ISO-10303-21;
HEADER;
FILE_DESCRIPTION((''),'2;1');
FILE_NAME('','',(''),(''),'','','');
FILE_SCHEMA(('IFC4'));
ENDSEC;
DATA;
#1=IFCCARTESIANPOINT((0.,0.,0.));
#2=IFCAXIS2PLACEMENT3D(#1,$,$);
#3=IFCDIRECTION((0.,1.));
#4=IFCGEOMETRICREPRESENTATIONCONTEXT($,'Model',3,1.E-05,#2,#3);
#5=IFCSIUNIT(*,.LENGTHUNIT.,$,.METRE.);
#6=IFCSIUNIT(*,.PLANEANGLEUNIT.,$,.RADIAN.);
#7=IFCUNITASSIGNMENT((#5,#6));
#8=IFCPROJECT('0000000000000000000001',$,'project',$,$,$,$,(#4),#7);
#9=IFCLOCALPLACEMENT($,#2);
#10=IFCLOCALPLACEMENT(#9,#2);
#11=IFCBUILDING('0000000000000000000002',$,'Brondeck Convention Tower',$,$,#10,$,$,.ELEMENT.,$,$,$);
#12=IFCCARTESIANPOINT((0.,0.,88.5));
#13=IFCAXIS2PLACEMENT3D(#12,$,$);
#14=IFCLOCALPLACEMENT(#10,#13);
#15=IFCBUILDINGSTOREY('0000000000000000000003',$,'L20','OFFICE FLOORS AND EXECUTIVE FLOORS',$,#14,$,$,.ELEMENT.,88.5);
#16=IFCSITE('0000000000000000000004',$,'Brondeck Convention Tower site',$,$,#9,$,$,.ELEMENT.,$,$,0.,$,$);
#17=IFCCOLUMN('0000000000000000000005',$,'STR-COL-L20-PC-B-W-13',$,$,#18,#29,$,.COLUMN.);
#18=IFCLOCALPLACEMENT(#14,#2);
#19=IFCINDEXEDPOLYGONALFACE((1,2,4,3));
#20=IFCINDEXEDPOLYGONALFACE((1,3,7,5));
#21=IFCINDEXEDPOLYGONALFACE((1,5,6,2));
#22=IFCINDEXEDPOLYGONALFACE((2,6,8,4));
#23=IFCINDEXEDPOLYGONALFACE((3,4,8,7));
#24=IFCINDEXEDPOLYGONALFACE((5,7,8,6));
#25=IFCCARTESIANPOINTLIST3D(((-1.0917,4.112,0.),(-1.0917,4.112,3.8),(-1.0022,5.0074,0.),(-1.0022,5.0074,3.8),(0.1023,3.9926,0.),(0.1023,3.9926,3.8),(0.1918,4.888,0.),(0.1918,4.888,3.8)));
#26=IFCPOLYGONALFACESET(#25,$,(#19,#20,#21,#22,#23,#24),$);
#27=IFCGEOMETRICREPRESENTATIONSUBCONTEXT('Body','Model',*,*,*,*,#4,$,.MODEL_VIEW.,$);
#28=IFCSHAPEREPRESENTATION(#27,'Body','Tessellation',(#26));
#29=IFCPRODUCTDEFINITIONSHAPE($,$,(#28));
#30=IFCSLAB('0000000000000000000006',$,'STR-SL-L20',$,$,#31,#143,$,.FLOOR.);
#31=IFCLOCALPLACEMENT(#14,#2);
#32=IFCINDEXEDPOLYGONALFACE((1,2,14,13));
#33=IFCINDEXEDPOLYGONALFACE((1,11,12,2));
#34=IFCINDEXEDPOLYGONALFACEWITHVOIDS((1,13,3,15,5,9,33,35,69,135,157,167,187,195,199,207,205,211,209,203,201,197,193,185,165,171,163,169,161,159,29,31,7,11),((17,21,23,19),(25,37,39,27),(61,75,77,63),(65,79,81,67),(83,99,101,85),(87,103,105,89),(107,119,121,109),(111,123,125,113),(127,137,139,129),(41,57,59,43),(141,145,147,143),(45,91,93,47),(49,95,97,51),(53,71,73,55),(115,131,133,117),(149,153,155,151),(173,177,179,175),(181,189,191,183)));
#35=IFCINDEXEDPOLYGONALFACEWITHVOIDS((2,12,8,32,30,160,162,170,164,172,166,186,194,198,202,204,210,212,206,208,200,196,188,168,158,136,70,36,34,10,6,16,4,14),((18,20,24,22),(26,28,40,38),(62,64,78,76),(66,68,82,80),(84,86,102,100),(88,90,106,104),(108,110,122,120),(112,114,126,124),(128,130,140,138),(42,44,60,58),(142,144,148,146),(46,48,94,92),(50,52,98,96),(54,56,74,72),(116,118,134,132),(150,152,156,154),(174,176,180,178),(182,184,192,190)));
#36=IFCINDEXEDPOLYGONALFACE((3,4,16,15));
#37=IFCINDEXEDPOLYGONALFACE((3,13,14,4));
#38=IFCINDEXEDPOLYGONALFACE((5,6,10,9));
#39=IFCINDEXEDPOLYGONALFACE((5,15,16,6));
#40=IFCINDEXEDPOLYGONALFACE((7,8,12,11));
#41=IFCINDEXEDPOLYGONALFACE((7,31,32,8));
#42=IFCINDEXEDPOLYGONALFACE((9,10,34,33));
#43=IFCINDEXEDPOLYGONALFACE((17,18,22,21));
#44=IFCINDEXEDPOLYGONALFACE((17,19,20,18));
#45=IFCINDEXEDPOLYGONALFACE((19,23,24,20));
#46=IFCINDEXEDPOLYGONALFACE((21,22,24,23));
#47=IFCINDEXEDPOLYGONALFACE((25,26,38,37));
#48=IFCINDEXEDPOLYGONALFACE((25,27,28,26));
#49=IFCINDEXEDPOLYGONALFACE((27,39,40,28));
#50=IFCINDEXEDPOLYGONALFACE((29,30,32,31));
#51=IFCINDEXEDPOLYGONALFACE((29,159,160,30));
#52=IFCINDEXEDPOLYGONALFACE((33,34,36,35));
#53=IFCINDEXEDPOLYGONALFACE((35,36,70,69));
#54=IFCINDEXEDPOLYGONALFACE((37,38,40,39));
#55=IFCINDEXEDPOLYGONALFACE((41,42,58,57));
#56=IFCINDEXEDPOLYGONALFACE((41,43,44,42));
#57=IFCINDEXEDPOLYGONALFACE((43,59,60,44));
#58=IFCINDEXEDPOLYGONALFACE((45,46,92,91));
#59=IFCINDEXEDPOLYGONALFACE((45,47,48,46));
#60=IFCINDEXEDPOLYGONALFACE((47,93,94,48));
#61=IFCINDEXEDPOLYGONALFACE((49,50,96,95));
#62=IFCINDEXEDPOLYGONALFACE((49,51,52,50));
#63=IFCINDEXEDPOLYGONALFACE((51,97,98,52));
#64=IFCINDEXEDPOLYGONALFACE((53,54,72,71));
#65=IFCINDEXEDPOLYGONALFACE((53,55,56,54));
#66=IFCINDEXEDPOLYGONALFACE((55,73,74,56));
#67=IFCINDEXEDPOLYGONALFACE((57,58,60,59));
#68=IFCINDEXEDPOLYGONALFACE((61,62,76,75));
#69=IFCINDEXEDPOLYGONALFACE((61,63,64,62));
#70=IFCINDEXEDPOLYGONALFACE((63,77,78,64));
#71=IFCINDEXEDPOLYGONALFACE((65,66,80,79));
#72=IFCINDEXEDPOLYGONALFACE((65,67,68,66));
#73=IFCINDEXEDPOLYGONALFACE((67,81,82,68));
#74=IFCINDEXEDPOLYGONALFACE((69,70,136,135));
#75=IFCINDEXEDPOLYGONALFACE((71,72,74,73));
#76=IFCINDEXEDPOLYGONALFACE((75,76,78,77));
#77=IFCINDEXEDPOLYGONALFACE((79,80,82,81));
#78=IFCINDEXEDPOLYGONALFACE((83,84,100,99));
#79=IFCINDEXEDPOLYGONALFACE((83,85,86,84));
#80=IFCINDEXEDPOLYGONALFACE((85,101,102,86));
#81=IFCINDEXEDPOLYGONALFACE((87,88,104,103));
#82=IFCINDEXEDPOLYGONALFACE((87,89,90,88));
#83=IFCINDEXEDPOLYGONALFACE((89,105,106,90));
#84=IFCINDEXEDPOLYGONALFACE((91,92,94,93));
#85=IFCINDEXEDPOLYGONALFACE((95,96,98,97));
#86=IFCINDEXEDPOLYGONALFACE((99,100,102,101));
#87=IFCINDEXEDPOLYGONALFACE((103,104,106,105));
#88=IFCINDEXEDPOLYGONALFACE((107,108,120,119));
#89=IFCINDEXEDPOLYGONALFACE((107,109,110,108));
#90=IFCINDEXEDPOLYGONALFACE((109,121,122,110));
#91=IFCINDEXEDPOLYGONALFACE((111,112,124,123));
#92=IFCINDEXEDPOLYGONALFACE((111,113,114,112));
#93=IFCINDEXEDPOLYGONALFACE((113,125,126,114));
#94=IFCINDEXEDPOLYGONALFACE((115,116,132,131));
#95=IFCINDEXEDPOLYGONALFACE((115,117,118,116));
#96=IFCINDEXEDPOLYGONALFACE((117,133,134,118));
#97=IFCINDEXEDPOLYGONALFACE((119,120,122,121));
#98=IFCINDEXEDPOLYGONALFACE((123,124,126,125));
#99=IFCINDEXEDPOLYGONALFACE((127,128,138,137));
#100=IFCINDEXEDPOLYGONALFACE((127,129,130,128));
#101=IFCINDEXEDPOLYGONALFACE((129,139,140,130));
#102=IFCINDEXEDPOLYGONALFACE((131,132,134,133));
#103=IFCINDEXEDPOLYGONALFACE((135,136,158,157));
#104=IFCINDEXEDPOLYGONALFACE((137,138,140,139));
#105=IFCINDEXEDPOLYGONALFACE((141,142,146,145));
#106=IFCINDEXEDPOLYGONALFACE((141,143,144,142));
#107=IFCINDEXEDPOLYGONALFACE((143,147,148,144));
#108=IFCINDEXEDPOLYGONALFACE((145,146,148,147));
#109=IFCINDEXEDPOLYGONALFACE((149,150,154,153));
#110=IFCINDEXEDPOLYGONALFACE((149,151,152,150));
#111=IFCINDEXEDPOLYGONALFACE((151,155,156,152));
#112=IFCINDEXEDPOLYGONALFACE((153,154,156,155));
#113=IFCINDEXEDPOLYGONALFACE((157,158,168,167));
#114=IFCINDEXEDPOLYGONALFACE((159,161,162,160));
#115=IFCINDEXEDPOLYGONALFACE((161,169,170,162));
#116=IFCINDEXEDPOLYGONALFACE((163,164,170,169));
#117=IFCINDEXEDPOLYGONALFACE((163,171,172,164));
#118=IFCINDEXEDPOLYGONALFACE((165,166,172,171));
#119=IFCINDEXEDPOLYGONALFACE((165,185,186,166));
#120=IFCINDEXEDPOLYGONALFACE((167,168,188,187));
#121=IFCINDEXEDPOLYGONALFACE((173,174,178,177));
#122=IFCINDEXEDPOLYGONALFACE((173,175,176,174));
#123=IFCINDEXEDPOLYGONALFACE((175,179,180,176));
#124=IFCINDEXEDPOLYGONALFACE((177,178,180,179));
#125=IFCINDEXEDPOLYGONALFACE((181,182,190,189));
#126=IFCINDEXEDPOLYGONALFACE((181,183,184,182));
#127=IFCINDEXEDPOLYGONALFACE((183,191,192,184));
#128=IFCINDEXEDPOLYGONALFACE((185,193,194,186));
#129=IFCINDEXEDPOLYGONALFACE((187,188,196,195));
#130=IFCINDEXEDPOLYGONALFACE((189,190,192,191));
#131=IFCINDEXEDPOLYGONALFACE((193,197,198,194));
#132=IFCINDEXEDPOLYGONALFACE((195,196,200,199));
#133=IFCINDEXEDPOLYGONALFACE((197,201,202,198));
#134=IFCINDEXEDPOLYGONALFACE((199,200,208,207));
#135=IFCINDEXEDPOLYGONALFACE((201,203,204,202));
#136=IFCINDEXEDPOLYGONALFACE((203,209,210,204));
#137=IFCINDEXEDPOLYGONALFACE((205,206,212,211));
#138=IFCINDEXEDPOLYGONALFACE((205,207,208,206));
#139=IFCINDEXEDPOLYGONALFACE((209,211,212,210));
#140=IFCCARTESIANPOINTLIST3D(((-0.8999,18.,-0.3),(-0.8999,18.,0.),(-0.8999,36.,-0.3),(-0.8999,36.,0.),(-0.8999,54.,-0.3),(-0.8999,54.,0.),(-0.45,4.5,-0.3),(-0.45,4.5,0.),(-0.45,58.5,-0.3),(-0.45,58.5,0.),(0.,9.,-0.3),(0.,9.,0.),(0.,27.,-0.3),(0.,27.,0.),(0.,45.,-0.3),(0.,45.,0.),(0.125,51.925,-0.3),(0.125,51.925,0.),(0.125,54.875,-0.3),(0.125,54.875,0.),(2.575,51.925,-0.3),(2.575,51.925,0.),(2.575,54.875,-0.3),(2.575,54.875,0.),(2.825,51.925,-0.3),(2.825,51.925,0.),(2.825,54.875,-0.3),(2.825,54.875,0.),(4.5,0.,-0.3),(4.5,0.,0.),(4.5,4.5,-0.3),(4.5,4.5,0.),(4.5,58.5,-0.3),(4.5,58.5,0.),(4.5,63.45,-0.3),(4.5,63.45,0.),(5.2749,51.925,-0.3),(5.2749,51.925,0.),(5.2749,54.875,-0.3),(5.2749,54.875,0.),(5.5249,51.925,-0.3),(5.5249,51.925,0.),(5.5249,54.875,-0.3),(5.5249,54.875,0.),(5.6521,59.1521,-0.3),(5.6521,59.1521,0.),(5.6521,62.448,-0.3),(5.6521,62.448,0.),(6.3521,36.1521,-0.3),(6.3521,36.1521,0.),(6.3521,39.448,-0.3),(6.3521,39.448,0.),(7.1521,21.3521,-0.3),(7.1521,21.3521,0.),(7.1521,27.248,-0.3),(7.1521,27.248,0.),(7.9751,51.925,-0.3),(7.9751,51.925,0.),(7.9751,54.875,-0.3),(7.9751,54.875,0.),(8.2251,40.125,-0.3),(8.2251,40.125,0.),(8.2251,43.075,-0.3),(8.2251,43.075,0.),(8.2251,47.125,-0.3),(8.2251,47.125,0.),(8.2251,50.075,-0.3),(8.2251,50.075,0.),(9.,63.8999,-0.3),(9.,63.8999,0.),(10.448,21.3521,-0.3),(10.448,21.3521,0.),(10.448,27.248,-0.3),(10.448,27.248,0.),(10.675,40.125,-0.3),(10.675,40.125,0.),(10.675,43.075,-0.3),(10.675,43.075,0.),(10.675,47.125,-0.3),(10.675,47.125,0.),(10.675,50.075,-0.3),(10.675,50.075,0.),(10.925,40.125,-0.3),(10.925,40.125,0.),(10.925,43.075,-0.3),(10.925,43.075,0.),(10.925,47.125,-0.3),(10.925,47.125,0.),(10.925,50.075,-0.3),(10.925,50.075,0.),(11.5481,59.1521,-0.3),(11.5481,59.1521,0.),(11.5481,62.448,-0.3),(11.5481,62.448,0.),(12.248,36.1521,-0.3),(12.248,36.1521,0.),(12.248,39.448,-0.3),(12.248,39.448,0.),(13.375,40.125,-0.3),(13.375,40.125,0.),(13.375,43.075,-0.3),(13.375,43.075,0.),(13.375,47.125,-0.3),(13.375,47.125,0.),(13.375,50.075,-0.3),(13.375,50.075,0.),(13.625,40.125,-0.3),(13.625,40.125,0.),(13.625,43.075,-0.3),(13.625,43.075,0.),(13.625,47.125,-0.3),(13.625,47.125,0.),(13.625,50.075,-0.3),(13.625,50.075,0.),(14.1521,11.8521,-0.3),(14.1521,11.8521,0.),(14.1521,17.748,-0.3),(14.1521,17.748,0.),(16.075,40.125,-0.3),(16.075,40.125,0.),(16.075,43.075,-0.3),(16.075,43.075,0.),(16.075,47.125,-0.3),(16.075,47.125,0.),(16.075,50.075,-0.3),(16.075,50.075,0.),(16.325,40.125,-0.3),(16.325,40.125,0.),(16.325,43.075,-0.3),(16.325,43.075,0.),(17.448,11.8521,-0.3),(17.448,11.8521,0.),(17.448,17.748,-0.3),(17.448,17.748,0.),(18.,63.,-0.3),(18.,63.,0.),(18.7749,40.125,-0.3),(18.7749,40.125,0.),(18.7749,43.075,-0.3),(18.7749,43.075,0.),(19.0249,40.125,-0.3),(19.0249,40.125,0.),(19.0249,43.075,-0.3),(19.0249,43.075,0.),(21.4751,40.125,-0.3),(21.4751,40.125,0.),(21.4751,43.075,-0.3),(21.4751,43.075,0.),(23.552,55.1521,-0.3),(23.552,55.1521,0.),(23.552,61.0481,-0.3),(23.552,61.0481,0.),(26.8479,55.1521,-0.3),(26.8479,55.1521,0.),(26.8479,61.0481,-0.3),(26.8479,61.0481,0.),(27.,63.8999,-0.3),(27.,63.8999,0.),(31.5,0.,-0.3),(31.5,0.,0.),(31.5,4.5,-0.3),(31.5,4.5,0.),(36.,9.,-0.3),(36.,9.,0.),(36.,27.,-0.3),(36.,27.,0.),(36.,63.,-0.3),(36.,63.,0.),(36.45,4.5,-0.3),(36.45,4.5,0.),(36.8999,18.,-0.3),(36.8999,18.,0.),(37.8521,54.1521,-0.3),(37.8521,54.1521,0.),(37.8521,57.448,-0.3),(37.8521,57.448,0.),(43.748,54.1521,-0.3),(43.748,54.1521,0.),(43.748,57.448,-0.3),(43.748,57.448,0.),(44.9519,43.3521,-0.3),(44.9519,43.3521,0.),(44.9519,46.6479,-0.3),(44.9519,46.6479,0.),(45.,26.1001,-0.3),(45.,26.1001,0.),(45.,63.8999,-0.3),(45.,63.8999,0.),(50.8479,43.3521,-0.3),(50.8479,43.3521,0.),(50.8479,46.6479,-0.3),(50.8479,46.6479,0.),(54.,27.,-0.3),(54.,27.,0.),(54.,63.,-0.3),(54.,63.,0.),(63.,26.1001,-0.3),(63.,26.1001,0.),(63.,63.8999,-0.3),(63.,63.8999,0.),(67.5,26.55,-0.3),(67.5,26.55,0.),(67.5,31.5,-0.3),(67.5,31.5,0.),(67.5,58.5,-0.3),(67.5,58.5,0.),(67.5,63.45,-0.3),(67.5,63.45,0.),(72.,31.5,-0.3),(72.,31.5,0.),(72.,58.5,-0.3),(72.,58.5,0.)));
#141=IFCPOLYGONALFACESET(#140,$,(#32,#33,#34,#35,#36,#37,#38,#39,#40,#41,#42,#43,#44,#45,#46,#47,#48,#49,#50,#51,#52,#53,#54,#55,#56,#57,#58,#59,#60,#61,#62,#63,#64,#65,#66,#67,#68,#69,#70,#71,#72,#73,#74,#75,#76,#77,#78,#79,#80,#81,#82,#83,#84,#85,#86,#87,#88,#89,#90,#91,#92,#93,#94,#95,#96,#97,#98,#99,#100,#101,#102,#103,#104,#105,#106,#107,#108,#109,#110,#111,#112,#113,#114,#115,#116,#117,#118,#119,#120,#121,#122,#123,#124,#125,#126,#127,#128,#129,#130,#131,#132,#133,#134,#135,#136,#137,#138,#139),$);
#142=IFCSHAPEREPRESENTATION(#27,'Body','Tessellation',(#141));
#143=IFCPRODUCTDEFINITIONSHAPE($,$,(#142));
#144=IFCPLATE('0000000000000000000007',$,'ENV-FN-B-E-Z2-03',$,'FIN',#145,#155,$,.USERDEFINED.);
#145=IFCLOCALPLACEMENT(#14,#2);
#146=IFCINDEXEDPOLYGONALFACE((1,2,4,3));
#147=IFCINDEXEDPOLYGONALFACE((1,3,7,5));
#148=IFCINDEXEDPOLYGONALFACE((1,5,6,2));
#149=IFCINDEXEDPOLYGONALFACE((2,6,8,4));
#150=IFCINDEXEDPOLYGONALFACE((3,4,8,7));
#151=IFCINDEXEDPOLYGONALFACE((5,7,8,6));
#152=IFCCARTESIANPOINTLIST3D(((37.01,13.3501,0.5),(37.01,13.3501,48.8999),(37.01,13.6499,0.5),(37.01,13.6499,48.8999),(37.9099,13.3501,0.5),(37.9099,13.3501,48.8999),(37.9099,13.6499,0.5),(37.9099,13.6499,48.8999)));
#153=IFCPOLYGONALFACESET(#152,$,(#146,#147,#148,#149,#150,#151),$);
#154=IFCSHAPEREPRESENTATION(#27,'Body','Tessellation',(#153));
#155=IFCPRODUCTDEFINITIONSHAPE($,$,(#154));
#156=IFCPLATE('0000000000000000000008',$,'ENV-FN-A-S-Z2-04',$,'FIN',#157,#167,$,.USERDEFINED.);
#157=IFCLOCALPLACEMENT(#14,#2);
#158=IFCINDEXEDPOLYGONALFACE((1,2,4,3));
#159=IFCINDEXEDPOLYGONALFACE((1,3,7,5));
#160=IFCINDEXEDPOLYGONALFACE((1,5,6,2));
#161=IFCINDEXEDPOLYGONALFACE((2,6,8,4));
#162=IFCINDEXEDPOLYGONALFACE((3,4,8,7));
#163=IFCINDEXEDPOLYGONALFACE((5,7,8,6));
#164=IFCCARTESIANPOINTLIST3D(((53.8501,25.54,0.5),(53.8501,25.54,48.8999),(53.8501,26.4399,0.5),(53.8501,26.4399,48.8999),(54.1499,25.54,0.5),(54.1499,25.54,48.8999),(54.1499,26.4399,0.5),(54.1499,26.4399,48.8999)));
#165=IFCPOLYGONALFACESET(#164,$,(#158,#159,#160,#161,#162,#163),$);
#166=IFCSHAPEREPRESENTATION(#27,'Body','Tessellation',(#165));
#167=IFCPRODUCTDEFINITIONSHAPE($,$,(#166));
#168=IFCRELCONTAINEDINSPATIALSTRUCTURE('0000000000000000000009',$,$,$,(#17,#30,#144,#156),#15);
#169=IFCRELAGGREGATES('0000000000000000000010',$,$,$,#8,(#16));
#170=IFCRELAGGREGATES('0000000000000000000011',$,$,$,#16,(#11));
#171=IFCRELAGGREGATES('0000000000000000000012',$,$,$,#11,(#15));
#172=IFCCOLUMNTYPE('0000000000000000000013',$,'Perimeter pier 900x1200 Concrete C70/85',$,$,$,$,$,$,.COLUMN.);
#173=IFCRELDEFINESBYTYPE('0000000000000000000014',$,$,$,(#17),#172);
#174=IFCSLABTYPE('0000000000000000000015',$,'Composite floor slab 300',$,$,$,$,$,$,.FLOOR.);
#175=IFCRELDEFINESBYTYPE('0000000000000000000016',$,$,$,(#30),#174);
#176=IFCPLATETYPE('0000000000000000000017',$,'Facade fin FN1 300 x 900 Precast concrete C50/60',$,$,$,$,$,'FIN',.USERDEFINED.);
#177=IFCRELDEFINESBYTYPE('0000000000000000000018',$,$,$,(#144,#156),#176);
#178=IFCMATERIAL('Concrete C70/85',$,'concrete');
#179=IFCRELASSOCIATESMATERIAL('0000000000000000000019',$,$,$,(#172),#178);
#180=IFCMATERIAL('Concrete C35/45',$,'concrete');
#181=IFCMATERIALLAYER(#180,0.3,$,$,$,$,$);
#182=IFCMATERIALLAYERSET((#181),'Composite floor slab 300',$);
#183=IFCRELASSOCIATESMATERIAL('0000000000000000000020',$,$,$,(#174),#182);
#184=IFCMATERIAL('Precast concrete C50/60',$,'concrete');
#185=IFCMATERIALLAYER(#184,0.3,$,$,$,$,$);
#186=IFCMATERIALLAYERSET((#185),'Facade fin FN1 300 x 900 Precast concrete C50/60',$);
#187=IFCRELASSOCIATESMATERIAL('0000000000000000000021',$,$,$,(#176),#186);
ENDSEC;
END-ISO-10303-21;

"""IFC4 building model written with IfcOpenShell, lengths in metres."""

from ifc_helpers import new_model, si_unit, direction, frame, origin, origin_2d, place, context, subcontext, project, spatial, polyline, rectangle, outline, extrude, material, layer, layer_set, material_profile, profile_set, type_object, element, save


model = new_model("IFC4")

# Units and contexts
model_context = context("Model", 3, precision=1e-05, world=origin(), true_north=direction((0.0, 1.0)))
body_context = subcontext(model_context, "Body", "Model", "MODEL_VIEW")
ifc_project = project(units=[si_unit("LENGTHUNIT", "METRE"), si_unit("PLANEANGLEUNIT", "RADIAN")], contexts=[model_context])

# Site, building, storey
site_placement = place(None, origin())
site = spatial("IfcSite", under=ifc_project, at=site_placement, Name="Brondeck Convention Tower site", CompositionType="ELEMENT", RefElevation=0.0)
building_placement = place(site_placement, origin())
building = spatial("IfcBuilding", under=site, at=building_placement, Name="Brondeck Convention Tower", CompositionType="ELEMENT")
storey_placement = place(building_placement, frame((0.0, 0.0, 88.5)))
storey = spatial("IfcBuildingStorey", under=building, at=storey_placement, Name="L20", Description="OFFICE FLOORS AND EXECUTIVE FLOORS", CompositionType="ELEMENT", Elevation=88.5)

# Column
ifc_material_1 = material(Name="Concrete C70/85", Category="concrete")
ifc_material_profile = material_profile(ifc_material_1, rectangle(XDim=0.8999, YDim=1.2, at=origin_2d()), Name="Perimeter pier 900x1200 Concrete C70/85")
ifc_profile_set = profile_set([ifc_material_profile], Name="Concrete C70/85")
column_type = type_object("IfcColumnType", Name="Perimeter pier 900x1200 Concrete C70/85", PredefinedType="COLUMN", material=ifc_profile_set)
column_placement = place(storey_placement, frame((-0.45, 4.5, 0.0), z_axis=(0.0, 0.0, 1.0), x_axis=(-0.099504, -0.995037, 0.0)))
element("IfcColumn", 1, at=column_placement, inside=storey, type_object=column_type, Name="STR-COL-L20-PC-B-W-13", PredefinedType="COLUMN", context=body_context, shape_type="SweptSolid", body=[
    extrude(rectangle(XDim=0.8999, YDim=1.2, at=origin_2d()), origin(), (0.0, 0.0, 1.0), 3.8),
])

# Slab
ifc_material_2 = material(Name="Concrete C35/45", Category="concrete")
ifc_layer_1 = layer(ifc_material_2, 0.3)
ifc_layer_set_1 = layer_set([ifc_layer_1], Name="Composite floor slab 300")
slab_type = type_object("IfcSlabType", Name="Composite floor slab 300", PredefinedType="FLOOR", material=ifc_layer_set_1)
slab_placement = place(storey_placement, frame((0.0, 0.0, -0.3)))
element("IfcSlab", 2, at=slab_placement, inside=storey, type_object=slab_type, Name="STR-SL-L20", PredefinedType="FLOOR", context=body_context, shape_type="SweptSolid", body=[
    extrude(outline(polyline([(4.5, 4.5), (-0.45, 4.5), (0.0, 9.0), (-0.8999, 18.0), (0.0, 27.0), (-0.8999, 36.0), (0.0, 45.0), (-0.8999, 54.0), (-0.45, 58.5), (4.5, 58.5), (4.5, 63.45), (9.0, 63.8999), (18.0, 63.0), (27.0, 63.8999), (36.0, 63.0), (45.0, 63.8999), (54.0, 63.0), (63.0, 63.8999), (67.5, 63.45), (67.5, 58.5), (72.0, 58.5), (72.0, 31.5), (67.5, 31.5), (67.5, 26.55), (63.0, 26.1001), (54.0, 27.0), (45.0, 26.1001), (36.0, 27.0), (36.8999, 18.0), (36.0, 9.0), (36.45, 4.5), (31.5, 4.5), (31.5, 0.0), (4.5, 0.0), (4.5, 4.5)]), holes=[polyline([(10.448, 27.248), (7.1521, 27.248), (7.1521, 21.3521), (10.448, 21.3521), (10.448, 27.248)]), polyline([(12.248, 36.1521), (12.248, 39.448), (6.3521, 39.448), (6.3521, 36.1521), (12.248, 36.1521)]), polyline([(10.675, 40.125), (10.675, 43.075), (8.2251, 43.075), (8.2251, 40.125), (10.675, 40.125)]), polyline([(10.675, 47.125), (10.675, 50.075), (8.2251, 50.075), (8.2251, 47.125), (10.675, 47.125)]), polyline([(13.375, 47.125), (13.375, 50.075), (10.925, 50.075), (10.925, 47.125), (13.375, 47.125)]), polyline([(2.575, 51.925), (2.575, 54.875), (0.125, 54.875), (0.125, 51.925), (2.575, 51.925)]), polyline([(5.2749, 51.925), (5.2749, 54.875), (2.825, 54.875), (2.825, 51.925), (5.2749, 51.925)]), polyline([(5.5249, 51.925), (7.9751, 51.925), (7.9751, 54.875), (5.5249, 54.875), (5.5249, 51.925)]), polyline([(11.5481, 62.448), (5.6521, 62.448), (5.6521, 59.1521), (11.5481, 59.1521), (11.5481, 62.448)]), polyline([(17.448, 17.748), (14.1521, 17.748), (14.1521, 11.8521), (17.448, 11.8521), (17.448, 17.748)]), polyline([(13.375, 40.125), (13.375, 43.075), (10.925, 43.075), (10.925, 40.125), (13.375, 40.125)]), polyline([(16.075, 40.125), (16.075, 43.075), (13.625, 43.075), (13.625, 40.125), (16.075, 40.125)]), polyline([(18.7749, 40.125), (18.7749, 43.075), (16.325, 43.075), (16.325, 40.125), (18.7749, 40.125)]), polyline([(21.4751, 40.125), (21.4751, 43.075), (19.0249, 43.075), (19.0249, 40.125), (21.4751, 40.125)]), polyline([(50.8479, 43.3521), (50.8479, 46.6479), (44.9519, 46.6479), (44.9519, 43.3521), (50.8479, 43.3521)]), polyline([(16.075, 47.125), (16.075, 50.075), (13.625, 50.075), (13.625, 47.125), (16.075, 47.125)]), polyline([(37.8521, 54.1521), (43.748, 54.1521), (43.748, 57.448), (37.8521, 57.448), (37.8521, 54.1521)]), polyline([(23.552, 61.0481), (23.552, 55.1521), (26.8479, 55.1521), (26.8479, 61.0481), (23.552, 61.0481)])]), origin(), (0.0, 0.0, 1.0), 0.3),
])

# Plates
ifc_material_3 = material(Name="Precast concrete C50/60", Category="concrete")
ifc_layer_2 = layer(ifc_material_3, 0.3)
ifc_layer_set_2 = layer_set([ifc_layer_2], Name="Facade fin FN1 300 x 900 Precast concrete C50/60")
plate_type_1 = type_object("IfcPlateType", Name="Facade fin FN1 300 x 900 Precast concrete C50/60", ElementType="FIN", PredefinedType="USERDEFINED", material=ifc_layer_set_2)
plate_1_placement = place(storey_placement, frame((0.0, 0.0, 0.5)))
element("IfcPlate", 3, at=plate_1_placement, inside=storey, type_object=plate_type_1, Name="ENV-FN-B-E-Z2-03", ObjectType="FIN", PredefinedType="USERDEFINED", context=body_context, shape_type="SweptSolid", body=[
    extrude(outline(polyline([(37.9099, 13.6499), (37.01, 13.6499), (37.01, 13.3501), (37.9099, 13.3501), (37.9099, 13.6499)])), origin(), (0.0, 0.0, 1.0), 48.3999),
])
plate_2_placement = place(storey_placement, frame((0.0, 0.0, 0.5)))
element("IfcPlate", 4, at=plate_2_placement, inside=storey, type_object=plate_type_1, Name="ENV-FN-A-S-Z2-04", ObjectType="FIN", PredefinedType="USERDEFINED", context=body_context, shape_type="SweptSolid", body=[
    extrude(outline(polyline([(54.1499, 25.54), (54.1499, 26.4399), (53.8501, 26.4399), (53.8501, 25.54), (54.1499, 25.54)])), origin(), (0.0, 0.0, 1.0), 48.3999),
])

save(model, "model.ifc")
